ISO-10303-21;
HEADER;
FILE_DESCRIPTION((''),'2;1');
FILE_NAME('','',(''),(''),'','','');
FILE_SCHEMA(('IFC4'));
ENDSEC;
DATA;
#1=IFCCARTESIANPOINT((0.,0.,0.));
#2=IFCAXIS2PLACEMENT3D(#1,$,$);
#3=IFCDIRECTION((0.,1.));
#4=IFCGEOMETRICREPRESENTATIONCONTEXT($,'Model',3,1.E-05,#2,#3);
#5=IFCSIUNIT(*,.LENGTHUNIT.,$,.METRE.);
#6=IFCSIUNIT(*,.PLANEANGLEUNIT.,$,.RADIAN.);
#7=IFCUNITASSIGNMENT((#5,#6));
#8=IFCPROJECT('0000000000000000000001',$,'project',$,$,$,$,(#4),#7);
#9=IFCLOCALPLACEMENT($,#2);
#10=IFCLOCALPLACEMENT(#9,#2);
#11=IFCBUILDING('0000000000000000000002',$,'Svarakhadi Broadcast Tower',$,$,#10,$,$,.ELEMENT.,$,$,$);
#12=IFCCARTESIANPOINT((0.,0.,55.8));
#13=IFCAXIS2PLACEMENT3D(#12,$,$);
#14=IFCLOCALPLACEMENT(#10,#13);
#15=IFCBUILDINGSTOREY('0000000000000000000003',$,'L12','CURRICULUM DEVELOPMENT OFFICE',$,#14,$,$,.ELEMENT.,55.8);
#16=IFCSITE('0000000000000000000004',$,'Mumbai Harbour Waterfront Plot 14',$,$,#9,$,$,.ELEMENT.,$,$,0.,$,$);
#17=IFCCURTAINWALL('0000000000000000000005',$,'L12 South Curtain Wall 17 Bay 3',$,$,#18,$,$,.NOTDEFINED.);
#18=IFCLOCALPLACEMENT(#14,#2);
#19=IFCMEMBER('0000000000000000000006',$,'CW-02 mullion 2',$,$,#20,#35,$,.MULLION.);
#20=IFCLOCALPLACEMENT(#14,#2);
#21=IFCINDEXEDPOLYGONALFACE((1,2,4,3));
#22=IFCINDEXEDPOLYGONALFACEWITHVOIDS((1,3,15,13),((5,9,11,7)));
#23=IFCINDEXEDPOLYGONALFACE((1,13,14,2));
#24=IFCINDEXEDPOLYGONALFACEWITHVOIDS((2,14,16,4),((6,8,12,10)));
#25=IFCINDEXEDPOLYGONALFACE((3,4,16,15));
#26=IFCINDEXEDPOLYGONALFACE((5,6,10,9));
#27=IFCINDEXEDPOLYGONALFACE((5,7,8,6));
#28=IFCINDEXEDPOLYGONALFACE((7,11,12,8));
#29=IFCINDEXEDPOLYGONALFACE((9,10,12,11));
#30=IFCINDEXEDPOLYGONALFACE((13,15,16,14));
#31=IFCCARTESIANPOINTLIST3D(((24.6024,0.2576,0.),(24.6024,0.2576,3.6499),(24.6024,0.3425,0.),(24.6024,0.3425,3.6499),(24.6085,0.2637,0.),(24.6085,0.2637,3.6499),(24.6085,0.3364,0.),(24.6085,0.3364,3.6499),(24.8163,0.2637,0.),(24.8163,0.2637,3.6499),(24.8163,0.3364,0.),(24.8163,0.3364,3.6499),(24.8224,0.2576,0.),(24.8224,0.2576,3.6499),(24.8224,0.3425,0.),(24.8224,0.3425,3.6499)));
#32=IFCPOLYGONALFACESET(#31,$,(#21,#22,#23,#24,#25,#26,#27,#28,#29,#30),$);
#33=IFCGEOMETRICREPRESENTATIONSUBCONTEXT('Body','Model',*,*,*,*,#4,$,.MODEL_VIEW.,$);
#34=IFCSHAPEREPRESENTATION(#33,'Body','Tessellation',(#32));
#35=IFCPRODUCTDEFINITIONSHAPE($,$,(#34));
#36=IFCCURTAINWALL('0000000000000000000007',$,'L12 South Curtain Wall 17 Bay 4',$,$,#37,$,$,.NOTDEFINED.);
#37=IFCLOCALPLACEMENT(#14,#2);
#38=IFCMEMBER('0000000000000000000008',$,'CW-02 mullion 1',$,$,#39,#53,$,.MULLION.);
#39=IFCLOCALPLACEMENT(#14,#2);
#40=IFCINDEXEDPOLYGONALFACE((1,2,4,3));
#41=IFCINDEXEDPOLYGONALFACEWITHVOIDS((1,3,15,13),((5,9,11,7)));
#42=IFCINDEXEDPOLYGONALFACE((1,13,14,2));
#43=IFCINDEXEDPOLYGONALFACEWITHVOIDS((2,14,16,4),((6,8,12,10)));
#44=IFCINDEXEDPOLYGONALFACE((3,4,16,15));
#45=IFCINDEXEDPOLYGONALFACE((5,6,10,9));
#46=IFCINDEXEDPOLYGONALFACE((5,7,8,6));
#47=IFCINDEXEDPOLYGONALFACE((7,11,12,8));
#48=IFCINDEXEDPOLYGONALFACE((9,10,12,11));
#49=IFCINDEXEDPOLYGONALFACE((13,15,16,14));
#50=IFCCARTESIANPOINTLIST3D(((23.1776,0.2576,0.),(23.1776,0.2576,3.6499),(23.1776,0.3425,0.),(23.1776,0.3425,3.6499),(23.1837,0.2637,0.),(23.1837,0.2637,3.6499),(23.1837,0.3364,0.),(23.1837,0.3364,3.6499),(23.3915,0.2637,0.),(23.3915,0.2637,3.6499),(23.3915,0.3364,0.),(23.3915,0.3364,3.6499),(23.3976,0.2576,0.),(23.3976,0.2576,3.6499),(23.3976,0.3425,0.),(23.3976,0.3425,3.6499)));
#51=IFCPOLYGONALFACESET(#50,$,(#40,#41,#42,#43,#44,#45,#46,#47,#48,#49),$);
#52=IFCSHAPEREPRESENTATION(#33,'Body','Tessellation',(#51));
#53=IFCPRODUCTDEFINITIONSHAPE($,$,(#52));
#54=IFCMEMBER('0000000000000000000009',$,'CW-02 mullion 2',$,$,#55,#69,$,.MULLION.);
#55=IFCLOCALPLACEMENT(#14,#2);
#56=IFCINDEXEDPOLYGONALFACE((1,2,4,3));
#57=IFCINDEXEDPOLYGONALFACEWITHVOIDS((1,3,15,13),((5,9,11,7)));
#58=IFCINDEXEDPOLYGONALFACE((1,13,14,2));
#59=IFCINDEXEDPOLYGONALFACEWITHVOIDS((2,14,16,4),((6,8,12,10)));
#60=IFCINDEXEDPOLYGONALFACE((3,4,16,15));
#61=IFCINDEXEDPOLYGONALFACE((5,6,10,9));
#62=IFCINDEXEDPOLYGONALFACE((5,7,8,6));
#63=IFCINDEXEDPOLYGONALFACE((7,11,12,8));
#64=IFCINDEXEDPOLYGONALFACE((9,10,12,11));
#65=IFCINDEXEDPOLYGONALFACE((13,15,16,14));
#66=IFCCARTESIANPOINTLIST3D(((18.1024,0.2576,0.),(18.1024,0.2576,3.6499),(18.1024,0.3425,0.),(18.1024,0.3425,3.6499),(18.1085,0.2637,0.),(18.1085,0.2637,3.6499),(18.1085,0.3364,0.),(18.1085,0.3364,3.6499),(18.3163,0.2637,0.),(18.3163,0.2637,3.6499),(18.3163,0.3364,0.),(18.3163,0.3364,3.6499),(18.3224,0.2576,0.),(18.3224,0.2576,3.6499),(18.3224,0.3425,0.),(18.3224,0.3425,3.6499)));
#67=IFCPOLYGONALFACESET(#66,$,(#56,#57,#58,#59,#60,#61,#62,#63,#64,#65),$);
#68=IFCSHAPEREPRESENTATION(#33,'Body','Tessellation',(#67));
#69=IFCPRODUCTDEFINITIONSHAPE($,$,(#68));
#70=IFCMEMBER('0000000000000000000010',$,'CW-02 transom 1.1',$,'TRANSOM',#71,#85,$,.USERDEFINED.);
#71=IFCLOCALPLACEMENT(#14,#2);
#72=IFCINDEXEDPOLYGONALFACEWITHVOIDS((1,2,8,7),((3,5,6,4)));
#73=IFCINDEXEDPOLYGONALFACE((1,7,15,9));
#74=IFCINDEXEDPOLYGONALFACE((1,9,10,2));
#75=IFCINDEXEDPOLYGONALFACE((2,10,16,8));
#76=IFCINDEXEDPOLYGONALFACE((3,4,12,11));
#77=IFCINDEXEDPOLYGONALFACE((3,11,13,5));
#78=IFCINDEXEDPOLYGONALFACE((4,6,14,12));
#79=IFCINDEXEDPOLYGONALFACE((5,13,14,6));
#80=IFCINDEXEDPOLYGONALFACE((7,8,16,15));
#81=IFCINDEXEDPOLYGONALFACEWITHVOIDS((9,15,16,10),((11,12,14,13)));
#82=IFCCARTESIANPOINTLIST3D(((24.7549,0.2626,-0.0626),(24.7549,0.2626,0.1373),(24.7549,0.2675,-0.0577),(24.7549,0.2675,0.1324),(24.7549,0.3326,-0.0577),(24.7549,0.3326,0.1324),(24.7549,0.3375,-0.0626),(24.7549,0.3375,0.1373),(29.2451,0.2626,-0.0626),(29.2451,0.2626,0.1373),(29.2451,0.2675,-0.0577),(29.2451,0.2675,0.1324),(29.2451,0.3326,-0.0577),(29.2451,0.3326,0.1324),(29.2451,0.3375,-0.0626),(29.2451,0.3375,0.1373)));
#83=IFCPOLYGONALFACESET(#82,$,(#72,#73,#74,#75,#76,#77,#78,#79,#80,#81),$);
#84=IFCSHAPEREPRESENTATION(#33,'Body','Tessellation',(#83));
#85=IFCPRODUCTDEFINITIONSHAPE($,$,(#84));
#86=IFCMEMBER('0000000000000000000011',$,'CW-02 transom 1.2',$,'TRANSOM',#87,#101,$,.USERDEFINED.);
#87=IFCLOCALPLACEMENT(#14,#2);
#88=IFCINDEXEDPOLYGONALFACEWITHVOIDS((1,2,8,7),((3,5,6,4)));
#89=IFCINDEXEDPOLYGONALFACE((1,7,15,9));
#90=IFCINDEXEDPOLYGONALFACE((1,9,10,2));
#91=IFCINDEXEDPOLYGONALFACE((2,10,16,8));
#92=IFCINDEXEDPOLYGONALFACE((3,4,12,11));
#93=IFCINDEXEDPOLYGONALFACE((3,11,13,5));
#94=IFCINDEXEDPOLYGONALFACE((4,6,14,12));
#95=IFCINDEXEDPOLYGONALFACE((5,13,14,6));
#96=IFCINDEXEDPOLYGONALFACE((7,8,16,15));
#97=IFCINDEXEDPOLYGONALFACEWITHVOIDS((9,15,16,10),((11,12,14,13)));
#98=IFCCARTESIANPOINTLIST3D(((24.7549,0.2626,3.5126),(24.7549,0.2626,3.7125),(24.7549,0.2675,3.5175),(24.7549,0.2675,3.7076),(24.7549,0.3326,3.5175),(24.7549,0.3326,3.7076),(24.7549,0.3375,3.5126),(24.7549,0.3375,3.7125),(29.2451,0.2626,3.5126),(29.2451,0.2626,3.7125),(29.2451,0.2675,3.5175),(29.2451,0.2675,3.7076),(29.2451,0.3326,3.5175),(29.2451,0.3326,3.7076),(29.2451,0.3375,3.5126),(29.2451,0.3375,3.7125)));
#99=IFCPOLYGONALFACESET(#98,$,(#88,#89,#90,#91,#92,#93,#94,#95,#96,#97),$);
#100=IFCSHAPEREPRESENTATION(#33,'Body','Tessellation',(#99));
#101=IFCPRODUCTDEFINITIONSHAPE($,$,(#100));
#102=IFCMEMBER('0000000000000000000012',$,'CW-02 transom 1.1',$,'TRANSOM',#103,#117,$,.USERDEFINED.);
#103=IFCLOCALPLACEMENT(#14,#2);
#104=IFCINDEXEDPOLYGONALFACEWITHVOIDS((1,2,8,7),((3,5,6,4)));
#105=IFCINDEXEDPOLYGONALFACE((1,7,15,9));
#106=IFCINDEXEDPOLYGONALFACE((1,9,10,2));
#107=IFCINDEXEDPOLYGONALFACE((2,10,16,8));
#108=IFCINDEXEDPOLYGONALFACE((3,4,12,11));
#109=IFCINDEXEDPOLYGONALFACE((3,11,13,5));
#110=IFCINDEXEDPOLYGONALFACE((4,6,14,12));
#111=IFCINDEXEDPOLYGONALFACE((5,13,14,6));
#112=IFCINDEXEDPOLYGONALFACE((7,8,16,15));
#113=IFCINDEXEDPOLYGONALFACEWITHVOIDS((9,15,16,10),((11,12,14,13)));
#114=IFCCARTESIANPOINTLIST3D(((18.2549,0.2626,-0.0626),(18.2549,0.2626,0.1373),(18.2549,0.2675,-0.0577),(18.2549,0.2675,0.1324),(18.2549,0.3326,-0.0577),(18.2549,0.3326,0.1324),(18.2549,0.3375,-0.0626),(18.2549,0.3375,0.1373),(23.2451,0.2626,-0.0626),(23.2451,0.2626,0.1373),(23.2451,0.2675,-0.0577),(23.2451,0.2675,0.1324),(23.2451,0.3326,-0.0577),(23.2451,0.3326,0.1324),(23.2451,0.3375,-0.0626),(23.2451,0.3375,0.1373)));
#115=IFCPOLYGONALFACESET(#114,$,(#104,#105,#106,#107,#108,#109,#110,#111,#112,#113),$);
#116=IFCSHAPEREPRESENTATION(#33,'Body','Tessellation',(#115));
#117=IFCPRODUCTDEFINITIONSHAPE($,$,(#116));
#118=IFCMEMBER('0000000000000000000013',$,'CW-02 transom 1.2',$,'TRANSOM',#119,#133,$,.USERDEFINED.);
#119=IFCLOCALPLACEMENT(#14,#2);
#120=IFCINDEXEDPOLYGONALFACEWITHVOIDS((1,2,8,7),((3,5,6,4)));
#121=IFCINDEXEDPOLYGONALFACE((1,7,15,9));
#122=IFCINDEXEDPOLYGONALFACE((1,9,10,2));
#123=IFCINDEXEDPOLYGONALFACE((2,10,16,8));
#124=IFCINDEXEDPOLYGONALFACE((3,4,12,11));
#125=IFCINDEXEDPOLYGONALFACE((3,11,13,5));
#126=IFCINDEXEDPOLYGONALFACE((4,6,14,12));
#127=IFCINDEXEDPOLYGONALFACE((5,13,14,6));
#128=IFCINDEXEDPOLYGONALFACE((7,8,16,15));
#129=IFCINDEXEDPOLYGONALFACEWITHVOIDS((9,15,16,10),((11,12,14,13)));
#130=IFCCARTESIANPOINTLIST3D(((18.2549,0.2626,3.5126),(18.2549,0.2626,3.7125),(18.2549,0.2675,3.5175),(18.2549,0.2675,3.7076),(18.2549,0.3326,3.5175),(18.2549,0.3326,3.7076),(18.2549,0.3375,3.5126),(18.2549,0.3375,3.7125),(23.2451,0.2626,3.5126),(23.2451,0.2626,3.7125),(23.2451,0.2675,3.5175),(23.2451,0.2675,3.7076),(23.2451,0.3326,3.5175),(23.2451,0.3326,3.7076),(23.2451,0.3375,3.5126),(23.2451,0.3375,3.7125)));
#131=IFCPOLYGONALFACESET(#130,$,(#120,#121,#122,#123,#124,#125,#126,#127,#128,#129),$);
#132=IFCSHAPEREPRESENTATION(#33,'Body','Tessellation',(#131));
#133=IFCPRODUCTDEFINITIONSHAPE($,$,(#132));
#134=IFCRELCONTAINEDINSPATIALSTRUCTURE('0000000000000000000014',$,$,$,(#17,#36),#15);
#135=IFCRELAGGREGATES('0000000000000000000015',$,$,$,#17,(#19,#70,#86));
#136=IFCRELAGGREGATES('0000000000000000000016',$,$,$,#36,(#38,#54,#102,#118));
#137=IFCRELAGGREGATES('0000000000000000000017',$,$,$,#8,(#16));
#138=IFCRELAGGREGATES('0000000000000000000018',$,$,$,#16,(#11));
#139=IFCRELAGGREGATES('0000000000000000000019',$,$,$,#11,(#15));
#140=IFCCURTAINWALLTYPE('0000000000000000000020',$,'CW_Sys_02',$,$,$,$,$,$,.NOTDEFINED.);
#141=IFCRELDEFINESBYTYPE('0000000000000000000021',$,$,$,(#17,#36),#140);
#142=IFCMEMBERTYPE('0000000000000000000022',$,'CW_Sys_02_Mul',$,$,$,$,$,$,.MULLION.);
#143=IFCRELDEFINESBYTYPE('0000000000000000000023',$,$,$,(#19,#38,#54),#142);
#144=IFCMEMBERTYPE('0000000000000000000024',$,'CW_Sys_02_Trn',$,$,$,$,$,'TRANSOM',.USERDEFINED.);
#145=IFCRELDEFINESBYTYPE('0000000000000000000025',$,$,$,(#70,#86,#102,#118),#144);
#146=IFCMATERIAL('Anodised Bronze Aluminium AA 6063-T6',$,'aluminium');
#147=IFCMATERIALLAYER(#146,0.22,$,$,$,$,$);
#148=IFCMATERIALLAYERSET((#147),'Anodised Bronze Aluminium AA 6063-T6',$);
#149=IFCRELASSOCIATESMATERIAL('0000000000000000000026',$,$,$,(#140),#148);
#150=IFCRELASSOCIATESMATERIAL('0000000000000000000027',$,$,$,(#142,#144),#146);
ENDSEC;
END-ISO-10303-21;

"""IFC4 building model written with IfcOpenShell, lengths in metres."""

from ifc_helpers import new_model, si_unit, direction, frame, origin, origin_2d, place, context, subcontext, project, spatial, hollow_rectangle, extrude, material, layer, layer_set, material_profile, profile_set, type_object, element, aggregate, save


model = new_model("IFC4")

# Units and contexts
model_context = context("Model", 3, precision=1e-05, world=origin(), true_north=direction((0.0, 1.0)))
body_context = subcontext(model_context, "Body", "Model", "MODEL_VIEW")
ifc_project = project(units=[si_unit("LENGTHUNIT", "METRE"), si_unit("PLANEANGLEUNIT", "RADIAN")], contexts=[model_context])

# Site, building, storey
site_placement = place(None, origin())
site = spatial("IfcSite", under=ifc_project, at=site_placement, Name="Mumbai Harbour Waterfront Plot 14", CompositionType="ELEMENT", RefElevation=0.0)
building_placement = place(site_placement, origin())
building = spatial("IfcBuilding", under=site, at=building_placement, Name="Svarakhadi Broadcast Tower", CompositionType="ELEMENT")
storey_placement = place(building_placement, frame((0.0, 0.0, 55.8)))
storey = spatial("IfcBuildingStorey", under=building, at=storey_placement, Name="L12", Description="CURRICULUM DEVELOPMENT OFFICE", CompositionType="ELEMENT", Elevation=55.8)

# Curtain wall, member
ifc_material_1 = material(Name="Anodised Bronze Aluminium AA 6063-T6", Category="aluminium")
ifc_layer_1 = layer(ifc_material_1, 0.22)
ifc_layer_set_1 = layer_set([ifc_layer_1], Name="Anodised Bronze Aluminium AA 6063-T6")
curtain_wall_type = type_object("IfcCurtainWallType", Name="CW_Sys_02", PredefinedType="NOTDEFINED", material=ifc_layer_set_1)
curtain_wall_1_placement = place(storey_placement, origin())
curtain_wall_1 = element("IfcCurtainWall", 1, at=curtain_wall_1_placement, inside=storey, type_object=curtain_wall_type, Name="L12 South Curtain Wall 17 Bay 3", PredefinedType="NOTDEFINED")
ifc_material_profile_1 = material_profile(ifc_material_1, hollow_rectangle(XDim=0.085, YDim=0.22, WallThickness=0.0061, at=origin_2d()), Name="ALU MULLION 220x85x6")
ifc_profile_set_1 = profile_set([ifc_material_profile_1], Name="Anodised Bronze Aluminium AA 6063-T6")
member_type_1 = type_object("IfcMemberType", Name="CW_Sys_02_Mul", PredefinedType="MULLION", material=ifc_profile_set_1)
member_1_placement = place(storey_placement, frame((24.7124, 0.3, 0.0), z_axis=(0.0, 0.0, 1.0), x_axis=(0.0, -1.0, 0.0)))
member_1 = element("IfcMember", 2, at=member_1_placement, type_object=member_type_1, Name="CW-02 mullion 2", PredefinedType="MULLION", context=body_context, shape_type="SweptSolid", body=[
    extrude(hollow_rectangle(XDim=0.085, YDim=0.22, WallThickness=0.0061, at=origin_2d()), origin(), (0.0, 0.0, 1.0), 3.6499),
])

# Curtain wall, members
curtain_wall_2_placement = place(storey_placement, origin())
curtain_wall_2 = element("IfcCurtainWall", 3, at=curtain_wall_2_placement, inside=storey, type_object=curtain_wall_type, Name="L12 South Curtain Wall 17 Bay 4", PredefinedType="NOTDEFINED")
member_2_placement = place(storey_placement, frame((23.2876, 0.3, 0.0), z_axis=(0.0, 0.0, 1.0), x_axis=(0.0, -1.0, 0.0)))
member_2 = element("IfcMember", 4, at=member_2_placement, type_object=member_type_1, Name="CW-02 mullion 1", PredefinedType="MULLION", context=body_context, shape_type="SweptSolid", body=[
    extrude(hollow_rectangle(XDim=0.085, YDim=0.22, WallThickness=0.0061, at=origin_2d()), origin(), (0.0, 0.0, 1.0), 3.6499),
])
member_3_placement = place(storey_placement, frame((18.2124, 0.3, 0.0), z_axis=(0.0, 0.0, 1.0), x_axis=(0.0, -1.0, 0.0)))
member_3 = element("IfcMember", 5, at=member_3_placement, type_object=member_type_1, Name="CW-02 mullion 2", PredefinedType="MULLION", context=body_context, shape_type="SweptSolid", body=[
    extrude(hollow_rectangle(XDim=0.085, YDim=0.22, WallThickness=0.0061, at=origin_2d()), origin(), (0.0, 0.0, 1.0), 3.6499),
])

# Members
ifc_material_profile_2 = material_profile(ifc_material_1, hollow_rectangle(XDim=0.075, YDim=0.2, WallThickness=0.0049, at=origin_2d()), Name="ALU TRANSOM 200x75x5")
ifc_profile_set_2 = profile_set([ifc_material_profile_2], Name="Anodised Bronze Aluminium AA 6063-T6")
member_type_2 = type_object("IfcMemberType", Name="CW_Sys_02_Trn", ElementType="TRANSOM", PredefinedType="USERDEFINED", material=ifc_profile_set_2)
member_4_placement = place(storey_placement, frame((29.2451, 0.3, 0.0374), z_axis=(-1.0, 0.0, 0.0), x_axis=(0.0, -1.0, 0.0)))
member_4 = element("IfcMember", 6, at=member_4_placement, type_object=member_type_2, Name="CW-02 transom 1.1", ObjectType="TRANSOM", PredefinedType="USERDEFINED", context=body_context, shape_type="SweptSolid", body=[
    extrude(hollow_rectangle(XDim=0.075, YDim=0.2, WallThickness=0.0049, at=origin_2d()), origin(), (0.0, 0.0, 1.0), 4.4902),
])
member_5_placement = place(storey_placement, frame((29.2451, 0.3, 3.6125), z_axis=(-1.0, 0.0, 0.0), x_axis=(0.0, -1.0, 0.0)))
member_5 = element("IfcMember", 7, at=member_5_placement, type_object=member_type_2, Name="CW-02 transom 1.2", ObjectType="TRANSOM", PredefinedType="USERDEFINED", context=body_context, shape_type="SweptSolid", body=[
    extrude(hollow_rectangle(XDim=0.075, YDim=0.2, WallThickness=0.0049, at=origin_2d()), origin(), (0.0, 0.0, 1.0), 4.4902),
])
member_6_placement = place(storey_placement, frame((23.2451, 0.3, 0.0374), z_axis=(-1.0, 0.0, 0.0), x_axis=(0.0, -1.0, 0.0)))
member_6 = element("IfcMember", 8, at=member_6_placement, type_object=member_type_2, Name="CW-02 transom 1.1", ObjectType="TRANSOM", PredefinedType="USERDEFINED", context=body_context, shape_type="SweptSolid", body=[
    extrude(hollow_rectangle(XDim=0.075, YDim=0.2, WallThickness=0.0049, at=origin_2d()), origin(), (0.0, 0.0, 1.0), 4.9902),
])
member_7_placement = place(storey_placement, frame((23.2451, 0.3, 3.6125), z_axis=(-1.0, 0.0, 0.0), x_axis=(0.0, -1.0, 0.0)))
member_7 = element("IfcMember", 9, at=member_7_placement, type_object=member_type_2, Name="CW-02 transom 1.2", ObjectType="TRANSOM", PredefinedType="USERDEFINED", context=body_context, shape_type="SweptSolid", body=[
    extrude(hollow_rectangle(XDim=0.075, YDim=0.2, WallThickness=0.0049, at=origin_2d()), origin(), (0.0, 0.0, 1.0), 4.9902),
])

aggregate(curtain_wall_1, [member_1, member_4, member_5])
aggregate(curtain_wall_2, [member_2, member_3, member_6, member_7])

save(model, "model.ifc")
